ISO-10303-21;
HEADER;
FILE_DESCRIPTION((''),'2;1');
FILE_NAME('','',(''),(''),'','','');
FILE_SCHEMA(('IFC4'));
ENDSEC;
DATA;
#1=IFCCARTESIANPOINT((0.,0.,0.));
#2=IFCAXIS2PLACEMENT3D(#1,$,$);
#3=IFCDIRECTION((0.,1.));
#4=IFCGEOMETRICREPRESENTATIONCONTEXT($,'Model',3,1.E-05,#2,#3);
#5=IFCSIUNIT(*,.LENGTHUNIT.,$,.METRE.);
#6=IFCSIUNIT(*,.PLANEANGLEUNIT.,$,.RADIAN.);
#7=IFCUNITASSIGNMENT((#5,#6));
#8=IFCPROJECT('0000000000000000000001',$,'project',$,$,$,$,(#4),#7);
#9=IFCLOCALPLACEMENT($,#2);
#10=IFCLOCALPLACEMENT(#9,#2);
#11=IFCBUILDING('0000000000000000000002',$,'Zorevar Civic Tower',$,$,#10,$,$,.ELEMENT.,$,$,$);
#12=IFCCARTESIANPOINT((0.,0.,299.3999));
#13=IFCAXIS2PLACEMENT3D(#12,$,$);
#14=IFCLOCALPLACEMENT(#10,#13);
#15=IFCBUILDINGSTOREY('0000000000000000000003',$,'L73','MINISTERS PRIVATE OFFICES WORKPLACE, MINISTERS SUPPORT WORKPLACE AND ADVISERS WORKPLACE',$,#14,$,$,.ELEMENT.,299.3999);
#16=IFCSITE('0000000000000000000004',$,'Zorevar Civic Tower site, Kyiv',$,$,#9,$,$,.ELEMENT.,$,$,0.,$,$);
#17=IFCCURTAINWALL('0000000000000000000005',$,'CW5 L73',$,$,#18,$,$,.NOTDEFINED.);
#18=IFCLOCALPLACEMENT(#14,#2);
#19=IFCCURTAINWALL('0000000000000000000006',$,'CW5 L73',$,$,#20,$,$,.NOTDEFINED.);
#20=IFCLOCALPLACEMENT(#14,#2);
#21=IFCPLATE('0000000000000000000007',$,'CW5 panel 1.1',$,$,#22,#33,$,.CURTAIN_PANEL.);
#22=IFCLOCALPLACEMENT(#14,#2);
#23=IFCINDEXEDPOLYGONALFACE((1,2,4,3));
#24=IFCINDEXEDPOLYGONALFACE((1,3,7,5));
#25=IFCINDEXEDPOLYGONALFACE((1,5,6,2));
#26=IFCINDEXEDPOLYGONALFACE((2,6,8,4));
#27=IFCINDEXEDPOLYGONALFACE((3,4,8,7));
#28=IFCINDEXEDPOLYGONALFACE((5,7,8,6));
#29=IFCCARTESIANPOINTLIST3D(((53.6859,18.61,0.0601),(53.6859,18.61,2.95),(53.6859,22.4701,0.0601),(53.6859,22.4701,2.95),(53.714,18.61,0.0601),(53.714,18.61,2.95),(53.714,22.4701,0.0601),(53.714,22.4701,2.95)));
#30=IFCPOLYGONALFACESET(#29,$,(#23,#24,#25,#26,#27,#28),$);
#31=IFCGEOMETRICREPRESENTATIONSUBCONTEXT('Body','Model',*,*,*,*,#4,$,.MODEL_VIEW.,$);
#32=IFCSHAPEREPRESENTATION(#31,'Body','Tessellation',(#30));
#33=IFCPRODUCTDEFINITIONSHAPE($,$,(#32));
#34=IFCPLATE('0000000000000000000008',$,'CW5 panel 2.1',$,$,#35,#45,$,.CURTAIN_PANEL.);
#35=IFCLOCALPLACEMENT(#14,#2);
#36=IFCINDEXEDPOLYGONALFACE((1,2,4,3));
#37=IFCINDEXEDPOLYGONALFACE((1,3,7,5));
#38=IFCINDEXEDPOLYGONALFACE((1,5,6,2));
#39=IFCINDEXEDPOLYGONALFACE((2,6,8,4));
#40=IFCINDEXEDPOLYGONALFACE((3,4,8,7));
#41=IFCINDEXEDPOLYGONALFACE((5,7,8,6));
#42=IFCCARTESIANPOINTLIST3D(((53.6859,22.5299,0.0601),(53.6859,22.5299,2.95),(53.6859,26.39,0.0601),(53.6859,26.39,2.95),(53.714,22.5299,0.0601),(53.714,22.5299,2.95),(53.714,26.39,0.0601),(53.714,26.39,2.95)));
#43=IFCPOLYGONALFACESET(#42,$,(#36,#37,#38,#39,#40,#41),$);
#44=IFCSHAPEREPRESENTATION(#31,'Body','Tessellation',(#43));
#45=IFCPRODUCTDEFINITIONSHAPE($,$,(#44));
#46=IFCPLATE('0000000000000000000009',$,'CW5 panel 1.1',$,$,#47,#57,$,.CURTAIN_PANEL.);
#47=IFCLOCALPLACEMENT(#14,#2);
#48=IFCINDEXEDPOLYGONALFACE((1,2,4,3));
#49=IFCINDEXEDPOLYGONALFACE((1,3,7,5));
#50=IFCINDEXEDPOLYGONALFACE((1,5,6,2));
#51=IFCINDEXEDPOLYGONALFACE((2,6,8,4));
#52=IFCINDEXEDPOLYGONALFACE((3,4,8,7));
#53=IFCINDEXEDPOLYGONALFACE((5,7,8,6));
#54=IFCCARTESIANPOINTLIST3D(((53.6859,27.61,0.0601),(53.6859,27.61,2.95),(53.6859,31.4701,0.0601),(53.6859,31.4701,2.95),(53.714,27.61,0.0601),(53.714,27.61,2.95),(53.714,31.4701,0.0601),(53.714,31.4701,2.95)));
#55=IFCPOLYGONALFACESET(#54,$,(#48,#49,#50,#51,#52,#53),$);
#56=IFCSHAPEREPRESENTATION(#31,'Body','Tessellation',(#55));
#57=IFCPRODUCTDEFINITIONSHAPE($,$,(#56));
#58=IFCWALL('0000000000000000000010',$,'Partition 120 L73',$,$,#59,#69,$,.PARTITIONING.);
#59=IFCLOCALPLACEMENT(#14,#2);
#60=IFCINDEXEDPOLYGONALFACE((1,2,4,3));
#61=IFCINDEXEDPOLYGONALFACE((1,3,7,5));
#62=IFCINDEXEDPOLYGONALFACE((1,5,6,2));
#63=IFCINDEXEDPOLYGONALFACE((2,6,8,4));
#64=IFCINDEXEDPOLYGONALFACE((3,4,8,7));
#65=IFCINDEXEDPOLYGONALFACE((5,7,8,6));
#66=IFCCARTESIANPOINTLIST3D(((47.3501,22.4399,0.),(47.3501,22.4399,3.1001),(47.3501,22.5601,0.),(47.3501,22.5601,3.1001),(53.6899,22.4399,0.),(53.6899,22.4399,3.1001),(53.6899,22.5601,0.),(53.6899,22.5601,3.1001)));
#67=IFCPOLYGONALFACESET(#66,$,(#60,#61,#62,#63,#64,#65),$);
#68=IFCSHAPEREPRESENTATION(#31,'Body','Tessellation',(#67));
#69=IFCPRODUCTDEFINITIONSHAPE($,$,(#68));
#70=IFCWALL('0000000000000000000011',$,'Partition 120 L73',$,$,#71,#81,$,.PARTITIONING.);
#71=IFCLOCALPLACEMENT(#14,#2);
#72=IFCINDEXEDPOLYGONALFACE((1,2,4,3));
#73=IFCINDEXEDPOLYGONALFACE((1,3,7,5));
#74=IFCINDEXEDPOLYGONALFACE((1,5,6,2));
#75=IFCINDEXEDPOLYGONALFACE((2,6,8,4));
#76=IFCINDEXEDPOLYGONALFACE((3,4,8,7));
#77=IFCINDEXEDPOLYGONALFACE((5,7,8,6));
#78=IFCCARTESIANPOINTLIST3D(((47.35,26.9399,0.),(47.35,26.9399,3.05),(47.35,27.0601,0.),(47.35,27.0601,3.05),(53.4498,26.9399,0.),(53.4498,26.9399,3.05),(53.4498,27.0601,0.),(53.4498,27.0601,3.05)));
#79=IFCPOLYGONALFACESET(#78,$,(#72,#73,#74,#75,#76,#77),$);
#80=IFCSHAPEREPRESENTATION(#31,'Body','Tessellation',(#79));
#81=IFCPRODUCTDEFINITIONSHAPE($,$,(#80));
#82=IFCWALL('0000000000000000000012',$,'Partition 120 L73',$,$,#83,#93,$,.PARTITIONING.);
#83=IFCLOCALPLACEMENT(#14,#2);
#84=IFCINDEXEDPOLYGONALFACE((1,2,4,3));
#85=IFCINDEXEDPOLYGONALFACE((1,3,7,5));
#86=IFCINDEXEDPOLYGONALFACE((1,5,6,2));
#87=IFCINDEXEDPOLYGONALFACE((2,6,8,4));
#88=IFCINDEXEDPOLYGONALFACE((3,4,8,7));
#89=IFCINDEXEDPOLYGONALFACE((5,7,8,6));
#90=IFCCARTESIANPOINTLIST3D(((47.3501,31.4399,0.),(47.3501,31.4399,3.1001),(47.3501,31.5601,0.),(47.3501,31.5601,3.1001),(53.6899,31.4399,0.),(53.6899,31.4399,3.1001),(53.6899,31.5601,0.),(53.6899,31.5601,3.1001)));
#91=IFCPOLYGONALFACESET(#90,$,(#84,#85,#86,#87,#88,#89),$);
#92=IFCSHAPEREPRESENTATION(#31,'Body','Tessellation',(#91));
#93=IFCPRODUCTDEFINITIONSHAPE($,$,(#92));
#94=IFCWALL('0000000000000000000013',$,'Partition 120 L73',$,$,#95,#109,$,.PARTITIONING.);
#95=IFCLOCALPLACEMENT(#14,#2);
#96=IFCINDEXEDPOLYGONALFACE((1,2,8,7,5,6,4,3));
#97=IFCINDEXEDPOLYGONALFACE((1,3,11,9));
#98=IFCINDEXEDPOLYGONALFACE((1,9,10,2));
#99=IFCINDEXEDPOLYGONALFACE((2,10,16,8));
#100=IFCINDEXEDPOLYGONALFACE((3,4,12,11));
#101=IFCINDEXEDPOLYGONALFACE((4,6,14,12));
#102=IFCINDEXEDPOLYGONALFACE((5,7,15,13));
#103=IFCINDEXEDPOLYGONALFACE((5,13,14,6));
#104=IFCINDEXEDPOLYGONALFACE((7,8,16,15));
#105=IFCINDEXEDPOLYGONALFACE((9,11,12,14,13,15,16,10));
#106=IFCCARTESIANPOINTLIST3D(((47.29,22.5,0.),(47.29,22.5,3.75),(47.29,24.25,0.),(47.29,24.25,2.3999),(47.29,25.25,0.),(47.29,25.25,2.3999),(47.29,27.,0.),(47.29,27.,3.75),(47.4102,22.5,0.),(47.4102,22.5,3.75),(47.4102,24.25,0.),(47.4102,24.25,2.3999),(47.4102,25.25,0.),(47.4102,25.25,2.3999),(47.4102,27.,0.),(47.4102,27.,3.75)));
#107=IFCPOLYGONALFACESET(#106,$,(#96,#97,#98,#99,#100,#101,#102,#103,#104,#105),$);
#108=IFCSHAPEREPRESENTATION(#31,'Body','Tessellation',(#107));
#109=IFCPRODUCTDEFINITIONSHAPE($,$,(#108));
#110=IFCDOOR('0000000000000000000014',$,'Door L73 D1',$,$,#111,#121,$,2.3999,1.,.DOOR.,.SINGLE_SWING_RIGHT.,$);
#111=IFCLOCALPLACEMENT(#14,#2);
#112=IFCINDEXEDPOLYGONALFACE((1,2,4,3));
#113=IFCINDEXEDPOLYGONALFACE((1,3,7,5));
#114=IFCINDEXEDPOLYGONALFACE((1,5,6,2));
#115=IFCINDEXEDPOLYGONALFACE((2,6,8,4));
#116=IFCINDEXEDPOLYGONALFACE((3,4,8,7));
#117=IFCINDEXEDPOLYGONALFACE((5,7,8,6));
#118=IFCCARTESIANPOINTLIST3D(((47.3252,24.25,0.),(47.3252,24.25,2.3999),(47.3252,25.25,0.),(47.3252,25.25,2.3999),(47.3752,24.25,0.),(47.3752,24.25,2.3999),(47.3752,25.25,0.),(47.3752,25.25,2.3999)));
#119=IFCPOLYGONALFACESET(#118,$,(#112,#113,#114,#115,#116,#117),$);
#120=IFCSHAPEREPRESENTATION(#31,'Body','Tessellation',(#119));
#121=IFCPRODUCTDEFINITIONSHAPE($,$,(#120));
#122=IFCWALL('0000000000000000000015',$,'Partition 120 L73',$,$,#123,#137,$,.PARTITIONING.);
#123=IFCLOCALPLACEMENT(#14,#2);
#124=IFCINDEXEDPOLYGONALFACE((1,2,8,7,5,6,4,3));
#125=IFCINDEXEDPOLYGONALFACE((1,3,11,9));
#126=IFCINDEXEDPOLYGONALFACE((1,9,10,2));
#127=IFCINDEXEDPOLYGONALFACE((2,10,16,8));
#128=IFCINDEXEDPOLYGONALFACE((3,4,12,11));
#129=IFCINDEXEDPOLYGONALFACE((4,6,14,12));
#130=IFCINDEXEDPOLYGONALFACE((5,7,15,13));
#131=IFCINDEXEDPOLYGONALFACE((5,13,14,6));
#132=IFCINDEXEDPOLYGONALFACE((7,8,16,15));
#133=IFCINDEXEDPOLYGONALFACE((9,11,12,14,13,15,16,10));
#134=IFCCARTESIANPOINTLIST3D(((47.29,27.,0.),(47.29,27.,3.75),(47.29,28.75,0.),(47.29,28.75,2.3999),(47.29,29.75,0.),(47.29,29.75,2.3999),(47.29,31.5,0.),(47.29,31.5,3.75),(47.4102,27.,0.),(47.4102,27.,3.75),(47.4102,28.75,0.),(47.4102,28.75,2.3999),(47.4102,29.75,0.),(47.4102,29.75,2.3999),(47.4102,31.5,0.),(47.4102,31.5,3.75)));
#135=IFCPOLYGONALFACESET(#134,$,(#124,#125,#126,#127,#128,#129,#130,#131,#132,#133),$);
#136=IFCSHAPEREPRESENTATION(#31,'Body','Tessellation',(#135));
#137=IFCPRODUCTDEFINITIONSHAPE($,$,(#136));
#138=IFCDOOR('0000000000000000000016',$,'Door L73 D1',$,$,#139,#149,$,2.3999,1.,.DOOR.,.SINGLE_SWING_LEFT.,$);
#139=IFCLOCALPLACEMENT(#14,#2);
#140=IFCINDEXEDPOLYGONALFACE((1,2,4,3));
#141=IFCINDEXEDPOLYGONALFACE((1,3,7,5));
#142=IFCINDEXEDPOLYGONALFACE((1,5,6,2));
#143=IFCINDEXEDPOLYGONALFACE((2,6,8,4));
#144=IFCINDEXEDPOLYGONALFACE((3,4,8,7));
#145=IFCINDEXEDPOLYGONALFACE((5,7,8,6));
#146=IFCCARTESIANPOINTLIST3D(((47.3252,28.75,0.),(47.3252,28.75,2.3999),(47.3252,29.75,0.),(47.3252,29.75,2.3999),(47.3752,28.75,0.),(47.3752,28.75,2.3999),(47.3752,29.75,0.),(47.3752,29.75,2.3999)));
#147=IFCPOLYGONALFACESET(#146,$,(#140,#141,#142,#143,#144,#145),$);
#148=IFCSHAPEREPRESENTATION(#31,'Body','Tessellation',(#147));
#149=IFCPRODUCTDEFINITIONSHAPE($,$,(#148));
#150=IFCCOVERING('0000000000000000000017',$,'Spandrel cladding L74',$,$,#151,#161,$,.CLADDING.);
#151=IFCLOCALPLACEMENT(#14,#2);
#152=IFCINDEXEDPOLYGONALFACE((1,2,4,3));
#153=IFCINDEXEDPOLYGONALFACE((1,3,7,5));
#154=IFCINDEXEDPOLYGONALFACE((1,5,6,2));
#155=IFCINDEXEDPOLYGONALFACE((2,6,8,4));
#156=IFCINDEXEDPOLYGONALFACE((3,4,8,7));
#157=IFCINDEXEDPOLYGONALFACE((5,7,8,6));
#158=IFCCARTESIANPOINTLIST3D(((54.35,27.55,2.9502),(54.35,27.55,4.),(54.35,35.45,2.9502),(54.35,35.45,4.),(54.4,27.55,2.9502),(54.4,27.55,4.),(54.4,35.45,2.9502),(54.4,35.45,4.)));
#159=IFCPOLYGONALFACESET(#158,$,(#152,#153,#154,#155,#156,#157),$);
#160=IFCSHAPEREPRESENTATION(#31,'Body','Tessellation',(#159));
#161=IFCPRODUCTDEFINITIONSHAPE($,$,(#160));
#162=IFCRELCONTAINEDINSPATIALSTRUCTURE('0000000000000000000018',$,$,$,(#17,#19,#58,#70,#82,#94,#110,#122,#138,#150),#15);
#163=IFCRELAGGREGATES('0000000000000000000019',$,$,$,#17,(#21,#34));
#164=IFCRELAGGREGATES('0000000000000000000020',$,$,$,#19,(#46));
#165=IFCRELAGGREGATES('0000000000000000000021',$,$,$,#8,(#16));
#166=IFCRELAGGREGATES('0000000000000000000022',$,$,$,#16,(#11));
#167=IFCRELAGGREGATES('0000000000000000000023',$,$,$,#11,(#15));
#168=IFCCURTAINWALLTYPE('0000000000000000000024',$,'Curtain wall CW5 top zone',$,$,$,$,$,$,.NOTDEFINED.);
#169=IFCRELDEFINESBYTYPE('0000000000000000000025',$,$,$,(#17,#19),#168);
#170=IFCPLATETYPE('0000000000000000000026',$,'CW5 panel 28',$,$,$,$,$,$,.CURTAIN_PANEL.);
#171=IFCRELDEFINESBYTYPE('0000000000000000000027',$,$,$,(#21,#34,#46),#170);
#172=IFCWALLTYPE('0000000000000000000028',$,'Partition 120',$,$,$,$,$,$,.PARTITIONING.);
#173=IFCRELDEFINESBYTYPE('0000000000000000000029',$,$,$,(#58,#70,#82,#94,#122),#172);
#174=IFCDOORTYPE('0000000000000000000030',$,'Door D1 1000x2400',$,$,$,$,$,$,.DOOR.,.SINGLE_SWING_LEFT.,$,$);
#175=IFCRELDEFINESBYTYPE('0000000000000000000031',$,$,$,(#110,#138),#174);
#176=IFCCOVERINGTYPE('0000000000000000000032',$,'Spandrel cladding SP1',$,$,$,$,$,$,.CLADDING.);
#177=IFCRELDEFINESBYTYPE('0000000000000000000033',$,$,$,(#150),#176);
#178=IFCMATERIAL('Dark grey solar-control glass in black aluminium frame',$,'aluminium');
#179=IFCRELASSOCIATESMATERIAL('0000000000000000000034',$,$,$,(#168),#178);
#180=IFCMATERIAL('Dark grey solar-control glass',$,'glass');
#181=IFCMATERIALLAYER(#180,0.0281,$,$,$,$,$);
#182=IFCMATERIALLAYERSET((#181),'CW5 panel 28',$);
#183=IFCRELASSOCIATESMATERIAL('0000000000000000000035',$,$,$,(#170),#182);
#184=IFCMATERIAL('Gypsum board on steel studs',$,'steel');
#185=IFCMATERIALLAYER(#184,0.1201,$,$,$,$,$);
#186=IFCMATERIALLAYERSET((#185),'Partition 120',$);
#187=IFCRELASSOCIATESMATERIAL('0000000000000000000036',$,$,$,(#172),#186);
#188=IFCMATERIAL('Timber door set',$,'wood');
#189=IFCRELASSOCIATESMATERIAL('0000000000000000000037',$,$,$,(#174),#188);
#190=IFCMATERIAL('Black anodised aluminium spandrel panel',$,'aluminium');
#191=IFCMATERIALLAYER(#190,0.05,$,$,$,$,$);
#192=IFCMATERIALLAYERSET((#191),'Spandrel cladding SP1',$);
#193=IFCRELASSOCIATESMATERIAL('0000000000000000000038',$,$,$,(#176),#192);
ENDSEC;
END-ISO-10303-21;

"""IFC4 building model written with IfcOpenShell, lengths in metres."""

from ifc_helpers import new_model, si_unit, direction, frame, frame_2d, origin, origin_2d, place, context, subcontext, project, spatial, rectangle, extrude, material, layer, layer_set, type_object, element, fill, aggregate, save


model = new_model("IFC4")

# Units and contexts
model_context = context("Model", 3, precision=1e-05, world=origin(), true_north=direction((0.0, 1.0)))
body_context = subcontext(model_context, "Body", "Model", "MODEL_VIEW")
ifc_project = project(units=[si_unit("LENGTHUNIT", "METRE"), si_unit("PLANEANGLEUNIT", "RADIAN")], contexts=[model_context])

# Site, building, storey
site_placement = place(None, origin())
site = spatial("IfcSite", under=ifc_project, at=site_placement, Name="Zorevar Civic Tower site, Kyiv", CompositionType="ELEMENT", RefElevation=0.0)
building_placement = place(site_placement, origin())
building = spatial("IfcBuilding", under=site, at=building_placement, Name="Zorevar Civic Tower", CompositionType="ELEMENT")
storey_placement = place(building_placement, frame((0.0, 0.0, 299.3999)))
storey = spatial("IfcBuildingStorey", under=building, at=storey_placement, Name="L73", Description="MINISTERS PRIVATE OFFICES WORKPLACE, MINISTERS SUPPORT WORKPLACE AND ADVISERS WORKPLACE", CompositionType="ELEMENT", Elevation=299.3999)

# Curtain walls
ifc_material_1 = material(Name="Dark grey solar-control glass in black aluminium frame", Category="aluminium")
curtain_wall_type = type_object("IfcCurtainWallType", Name="Curtain wall CW5 top zone", PredefinedType="NOTDEFINED", material=ifc_material_1)
curtain_wall_1_placement = place(storey_placement, origin())
curtain_wall_1 = element("IfcCurtainWall", 1, at=curtain_wall_1_placement, inside=storey, type_object=curtain_wall_type, Name="CW5 L73", PredefinedType="NOTDEFINED")
curtain_wall_2_placement = place(storey_placement, origin())
curtain_wall_2 = element("IfcCurtainWall", 2, at=curtain_wall_2_placement, inside=storey, type_object=curtain_wall_type, Name="CW5 L73", PredefinedType="NOTDEFINED")

# Plates
ifc_material_2 = material(Name="Dark grey solar-control glass", Category="glass")
ifc_layer_1 = layer(ifc_material_2, 0.0281)
ifc_layer_set_1 = layer_set([ifc_layer_1], Name="CW5 panel 28")
plate_type = type_object("IfcPlateType", Name="CW5 panel 28", PredefinedType="CURTAIN_PANEL", material=ifc_layer_set_1)
plate_1_placement = place(storey_placement, frame((53.7, 20.54, 0.0601), z_axis=(0.0, 0.0, 1.0), x_axis=(0.0, 1.0, 0.0)))
plate_1 = element("IfcPlate", 3, at=plate_1_placement, type_object=plate_type, Name="CW5 panel 1.1", PredefinedType="CURTAIN_PANEL", context=body_context, shape_type="SweptSolid", body=[
    extrude(rectangle(XDim=3.8601, YDim=0.0281, at=origin_2d()), origin(), (0.0, 0.0, 1.0), 2.8899),
])
plate_2_placement = place(storey_placement, frame((53.7, 24.46, 0.0601), z_axis=(0.0, 0.0, 1.0), x_axis=(0.0, 1.0, 0.0)))
plate_2 = element("IfcPlate", 4, at=plate_2_placement, type_object=plate_type, Name="CW5 panel 2.1", PredefinedType="CURTAIN_PANEL", context=body_context, shape_type="SweptSolid", body=[
    extrude(rectangle(XDim=3.8601, YDim=0.0281, at=origin_2d()), origin(), (0.0, 0.0, 1.0), 2.8899),
])
aggregate(curtain_wall_1, [plate_1, plate_2])
plate_3_placement = place(storey_placement, frame((53.7, 29.54, 0.0601), z_axis=(0.0, 0.0, 1.0), x_axis=(0.0, 1.0, 0.0)))
plate_3 = element("IfcPlate", 5, at=plate_3_placement, type_object=plate_type, Name="CW5 panel 1.1", PredefinedType="CURTAIN_PANEL", context=body_context, shape_type="SweptSolid", body=[
    extrude(rectangle(XDim=3.8601, YDim=0.0281, at=origin_2d()), origin(), (0.0, 0.0, 1.0), 2.8899),
])
aggregate(curtain_wall_2, [plate_3])

# Walls
ifc_material_3 = material(Name="Gypsum board on steel studs", Category="steel")
ifc_layer_2 = layer(ifc_material_3, 0.1201)
ifc_layer_set_2 = layer_set([ifc_layer_2], Name="Partition 120")
wall_type = type_object("IfcWallType", Name="Partition 120", PredefinedType="PARTITIONING", material=ifc_layer_set_2)
wall_1_placement = place(storey_placement, frame((47.3501, 22.5, 0.0), z_axis=(0.0, 0.0, 1.0), x_axis=(1.0, 0.0, 0.0)))
element("IfcWall", 6, at=wall_1_placement, inside=storey, type_object=wall_type, Name="Partition 120 L73", PredefinedType="PARTITIONING", context=body_context, shape_type="SweptSolid", body=[
    extrude(rectangle(XDim=6.3398, YDim=0.1201, at=frame_2d((3.1699, 0.0))), origin(), (0.0, 0.0, 1.0), 3.1001),
])
wall_2_placement = place(storey_placement, frame((47.3501, 27.0, 0.0), z_axis=(0.0, 0.0, 1.0), x_axis=(1.0, 0.0, 0.0)))
element("IfcWall", 7, at=wall_2_placement, inside=storey, type_object=wall_type, Name="Partition 120 L73", PredefinedType="PARTITIONING", context=body_context, shape_type="SweptSolid", body=[
    extrude(rectangle(XDim=6.0999, YDim=0.1201, at=frame_2d((3.0498, 0.0))), origin(), (0.0, 0.0, 1.0), 3.05),
])
wall_3_placement = place(storey_placement, frame((47.3501, 31.5, 0.0), z_axis=(0.0, 0.0, 1.0), x_axis=(1.0, 0.0, 0.0)))
element("IfcWall", 8, at=wall_3_placement, inside=storey, type_object=wall_type, Name="Partition 120 L73", PredefinedType="PARTITIONING", context=body_context, shape_type="SweptSolid", body=[
    extrude(rectangle(XDim=6.3398, YDim=0.1201, at=frame_2d((3.1699, 0.0))), origin(), (0.0, 0.0, 1.0), 3.1001),
])

# Walls, openings, doors
wall_4_placement = place(storey_placement, frame((47.3501, 22.5, 0.0), z_axis=(0.0, 0.0, 1.0), x_axis=(0.0, 1.0, 0.0)))
wall_4 = element("IfcWall", 9, at=wall_4_placement, inside=storey, type_object=wall_type, Name="Partition 120 L73", PredefinedType="PARTITIONING", context=body_context, shape_type="SweptSolid", body=[
    extrude(rectangle(XDim=4.5, YDim=0.1201, at=frame_2d((2.25, 0.0))), origin(), (0.0, 0.0, 1.0), 3.75),
])
opening_1_placement = place(wall_4_placement, frame((1.75, 0.0, 0.0)))
opening_1 = element("IfcOpeningElement", 10, at=opening_1_placement, cuts=wall_4, PredefinedType="OPENING", context=body_context, shape_type="SweptSolid", body=[
    extrude(rectangle(XDim=1.0, YDim=2.3999, at=frame_2d((0.5, 1.2))), frame((0.0, 0.0701, 0.0), z_axis=(0.0, -1.0, 0.0), x_axis=(1.0, 0.0, 0.0)), (0.0, 0.0, 1.0), 0.1401),
])
ifc_material_4 = material(Name="Timber door set", Category="wood")
door_type = type_object("IfcDoorType", Name="Door D1 1000x2400", OperationType="SINGLE_SWING_LEFT", PredefinedType="DOOR", material=ifc_material_4)
door_1_placement = place(opening_1_placement, origin())
door_1 = element("IfcDoor", 11, at=door_1_placement, inside=storey, type_object=door_type, Name="Door L73 D1", OperationType="SINGLE_SWING_RIGHT", OverallHeight=2.3999, OverallWidth=1.0, PredefinedType="DOOR", context=body_context, shape_type="SweptSolid", body=[
    extrude(rectangle(XDim=1.0, YDim=2.3999, at=frame_2d((0.5, 1.2))), frame((0.0, 0.0249, 0.0), z_axis=(0.0, -1.0, 0.0), x_axis=(1.0, 0.0, 0.0)), (0.0, 0.0, 1.0), 0.05),
])
fill(opening_1, door_1)
wall_5_placement = place(storey_placement, frame((47.3501, 27.0, 0.0), z_axis=(0.0, 0.0, 1.0), x_axis=(0.0, 1.0, 0.0)))
wall_5 = element("IfcWall", 12, at=wall_5_placement, inside=storey, type_object=wall_type, Name="Partition 120 L73", PredefinedType="PARTITIONING", context=body_context, shape_type="SweptSolid", body=[
    extrude(rectangle(XDim=4.5, YDim=0.1201, at=frame_2d((2.25, 0.0))), origin(), (0.0, 0.0, 1.0), 3.75),
])
opening_2_placement = place(wall_5_placement, frame((1.75, 0.0, 0.0)))
opening_2 = element("IfcOpeningElement", 13, at=opening_2_placement, cuts=wall_5, PredefinedType="OPENING", context=body_context, shape_type="SweptSolid", body=[
    extrude(rectangle(XDim=1.0, YDim=2.3999, at=frame_2d((0.5, 1.2))), frame((0.0, 0.0701, 0.0), z_axis=(0.0, -1.0, 0.0), x_axis=(1.0, 0.0, 0.0)), (0.0, 0.0, 1.0), 0.1401),
])
door_2_placement = place(opening_2_placement, origin())
door_2 = element("IfcDoor", 14, at=door_2_placement, inside=storey, type_object=door_type, Name="Door L73 D1", OperationType="SINGLE_SWING_LEFT", OverallHeight=2.3999, OverallWidth=1.0, PredefinedType="DOOR", context=body_context, shape_type="SweptSolid", body=[
    extrude(rectangle(XDim=1.0, YDim=2.3999, at=frame_2d((0.5, 1.2))), frame((0.0, 0.0249, 0.0), z_axis=(0.0, -1.0, 0.0), x_axis=(1.0, 0.0, 0.0)), (0.0, 0.0, 1.0), 0.05),
])
fill(opening_2, door_2)

# Covering
ifc_material_5 = material(Name="Black anodised aluminium spandrel panel", Category="aluminium")
ifc_layer_3 = layer(ifc_material_5, 0.05)
ifc_layer_set_3 = layer_set([ifc_layer_3], Name="Spandrel cladding SP1")
covering_type = type_object("IfcCoveringType", Name="Spandrel cladding SP1", PredefinedType="CLADDING", material=ifc_layer_set_3)
covering_placement = place(storey_placement, frame((54.375, 27.55, 2.9502), z_axis=(0.0, 0.0, 1.0), x_axis=(0.0, 1.0, 0.0)))
element("IfcCovering", 15, at=covering_placement, inside=storey, type_object=covering_type, Name="Spandrel cladding L74", PredefinedType="CLADDING", context=body_context, shape_type="SweptSolid", body=[
    extrude(rectangle(XDim=7.8999, YDim=0.05, at=frame_2d((3.95, 0.0))), origin(), (0.0, 0.0, 1.0), 1.0498),
])

save(model, "model.ifc")
